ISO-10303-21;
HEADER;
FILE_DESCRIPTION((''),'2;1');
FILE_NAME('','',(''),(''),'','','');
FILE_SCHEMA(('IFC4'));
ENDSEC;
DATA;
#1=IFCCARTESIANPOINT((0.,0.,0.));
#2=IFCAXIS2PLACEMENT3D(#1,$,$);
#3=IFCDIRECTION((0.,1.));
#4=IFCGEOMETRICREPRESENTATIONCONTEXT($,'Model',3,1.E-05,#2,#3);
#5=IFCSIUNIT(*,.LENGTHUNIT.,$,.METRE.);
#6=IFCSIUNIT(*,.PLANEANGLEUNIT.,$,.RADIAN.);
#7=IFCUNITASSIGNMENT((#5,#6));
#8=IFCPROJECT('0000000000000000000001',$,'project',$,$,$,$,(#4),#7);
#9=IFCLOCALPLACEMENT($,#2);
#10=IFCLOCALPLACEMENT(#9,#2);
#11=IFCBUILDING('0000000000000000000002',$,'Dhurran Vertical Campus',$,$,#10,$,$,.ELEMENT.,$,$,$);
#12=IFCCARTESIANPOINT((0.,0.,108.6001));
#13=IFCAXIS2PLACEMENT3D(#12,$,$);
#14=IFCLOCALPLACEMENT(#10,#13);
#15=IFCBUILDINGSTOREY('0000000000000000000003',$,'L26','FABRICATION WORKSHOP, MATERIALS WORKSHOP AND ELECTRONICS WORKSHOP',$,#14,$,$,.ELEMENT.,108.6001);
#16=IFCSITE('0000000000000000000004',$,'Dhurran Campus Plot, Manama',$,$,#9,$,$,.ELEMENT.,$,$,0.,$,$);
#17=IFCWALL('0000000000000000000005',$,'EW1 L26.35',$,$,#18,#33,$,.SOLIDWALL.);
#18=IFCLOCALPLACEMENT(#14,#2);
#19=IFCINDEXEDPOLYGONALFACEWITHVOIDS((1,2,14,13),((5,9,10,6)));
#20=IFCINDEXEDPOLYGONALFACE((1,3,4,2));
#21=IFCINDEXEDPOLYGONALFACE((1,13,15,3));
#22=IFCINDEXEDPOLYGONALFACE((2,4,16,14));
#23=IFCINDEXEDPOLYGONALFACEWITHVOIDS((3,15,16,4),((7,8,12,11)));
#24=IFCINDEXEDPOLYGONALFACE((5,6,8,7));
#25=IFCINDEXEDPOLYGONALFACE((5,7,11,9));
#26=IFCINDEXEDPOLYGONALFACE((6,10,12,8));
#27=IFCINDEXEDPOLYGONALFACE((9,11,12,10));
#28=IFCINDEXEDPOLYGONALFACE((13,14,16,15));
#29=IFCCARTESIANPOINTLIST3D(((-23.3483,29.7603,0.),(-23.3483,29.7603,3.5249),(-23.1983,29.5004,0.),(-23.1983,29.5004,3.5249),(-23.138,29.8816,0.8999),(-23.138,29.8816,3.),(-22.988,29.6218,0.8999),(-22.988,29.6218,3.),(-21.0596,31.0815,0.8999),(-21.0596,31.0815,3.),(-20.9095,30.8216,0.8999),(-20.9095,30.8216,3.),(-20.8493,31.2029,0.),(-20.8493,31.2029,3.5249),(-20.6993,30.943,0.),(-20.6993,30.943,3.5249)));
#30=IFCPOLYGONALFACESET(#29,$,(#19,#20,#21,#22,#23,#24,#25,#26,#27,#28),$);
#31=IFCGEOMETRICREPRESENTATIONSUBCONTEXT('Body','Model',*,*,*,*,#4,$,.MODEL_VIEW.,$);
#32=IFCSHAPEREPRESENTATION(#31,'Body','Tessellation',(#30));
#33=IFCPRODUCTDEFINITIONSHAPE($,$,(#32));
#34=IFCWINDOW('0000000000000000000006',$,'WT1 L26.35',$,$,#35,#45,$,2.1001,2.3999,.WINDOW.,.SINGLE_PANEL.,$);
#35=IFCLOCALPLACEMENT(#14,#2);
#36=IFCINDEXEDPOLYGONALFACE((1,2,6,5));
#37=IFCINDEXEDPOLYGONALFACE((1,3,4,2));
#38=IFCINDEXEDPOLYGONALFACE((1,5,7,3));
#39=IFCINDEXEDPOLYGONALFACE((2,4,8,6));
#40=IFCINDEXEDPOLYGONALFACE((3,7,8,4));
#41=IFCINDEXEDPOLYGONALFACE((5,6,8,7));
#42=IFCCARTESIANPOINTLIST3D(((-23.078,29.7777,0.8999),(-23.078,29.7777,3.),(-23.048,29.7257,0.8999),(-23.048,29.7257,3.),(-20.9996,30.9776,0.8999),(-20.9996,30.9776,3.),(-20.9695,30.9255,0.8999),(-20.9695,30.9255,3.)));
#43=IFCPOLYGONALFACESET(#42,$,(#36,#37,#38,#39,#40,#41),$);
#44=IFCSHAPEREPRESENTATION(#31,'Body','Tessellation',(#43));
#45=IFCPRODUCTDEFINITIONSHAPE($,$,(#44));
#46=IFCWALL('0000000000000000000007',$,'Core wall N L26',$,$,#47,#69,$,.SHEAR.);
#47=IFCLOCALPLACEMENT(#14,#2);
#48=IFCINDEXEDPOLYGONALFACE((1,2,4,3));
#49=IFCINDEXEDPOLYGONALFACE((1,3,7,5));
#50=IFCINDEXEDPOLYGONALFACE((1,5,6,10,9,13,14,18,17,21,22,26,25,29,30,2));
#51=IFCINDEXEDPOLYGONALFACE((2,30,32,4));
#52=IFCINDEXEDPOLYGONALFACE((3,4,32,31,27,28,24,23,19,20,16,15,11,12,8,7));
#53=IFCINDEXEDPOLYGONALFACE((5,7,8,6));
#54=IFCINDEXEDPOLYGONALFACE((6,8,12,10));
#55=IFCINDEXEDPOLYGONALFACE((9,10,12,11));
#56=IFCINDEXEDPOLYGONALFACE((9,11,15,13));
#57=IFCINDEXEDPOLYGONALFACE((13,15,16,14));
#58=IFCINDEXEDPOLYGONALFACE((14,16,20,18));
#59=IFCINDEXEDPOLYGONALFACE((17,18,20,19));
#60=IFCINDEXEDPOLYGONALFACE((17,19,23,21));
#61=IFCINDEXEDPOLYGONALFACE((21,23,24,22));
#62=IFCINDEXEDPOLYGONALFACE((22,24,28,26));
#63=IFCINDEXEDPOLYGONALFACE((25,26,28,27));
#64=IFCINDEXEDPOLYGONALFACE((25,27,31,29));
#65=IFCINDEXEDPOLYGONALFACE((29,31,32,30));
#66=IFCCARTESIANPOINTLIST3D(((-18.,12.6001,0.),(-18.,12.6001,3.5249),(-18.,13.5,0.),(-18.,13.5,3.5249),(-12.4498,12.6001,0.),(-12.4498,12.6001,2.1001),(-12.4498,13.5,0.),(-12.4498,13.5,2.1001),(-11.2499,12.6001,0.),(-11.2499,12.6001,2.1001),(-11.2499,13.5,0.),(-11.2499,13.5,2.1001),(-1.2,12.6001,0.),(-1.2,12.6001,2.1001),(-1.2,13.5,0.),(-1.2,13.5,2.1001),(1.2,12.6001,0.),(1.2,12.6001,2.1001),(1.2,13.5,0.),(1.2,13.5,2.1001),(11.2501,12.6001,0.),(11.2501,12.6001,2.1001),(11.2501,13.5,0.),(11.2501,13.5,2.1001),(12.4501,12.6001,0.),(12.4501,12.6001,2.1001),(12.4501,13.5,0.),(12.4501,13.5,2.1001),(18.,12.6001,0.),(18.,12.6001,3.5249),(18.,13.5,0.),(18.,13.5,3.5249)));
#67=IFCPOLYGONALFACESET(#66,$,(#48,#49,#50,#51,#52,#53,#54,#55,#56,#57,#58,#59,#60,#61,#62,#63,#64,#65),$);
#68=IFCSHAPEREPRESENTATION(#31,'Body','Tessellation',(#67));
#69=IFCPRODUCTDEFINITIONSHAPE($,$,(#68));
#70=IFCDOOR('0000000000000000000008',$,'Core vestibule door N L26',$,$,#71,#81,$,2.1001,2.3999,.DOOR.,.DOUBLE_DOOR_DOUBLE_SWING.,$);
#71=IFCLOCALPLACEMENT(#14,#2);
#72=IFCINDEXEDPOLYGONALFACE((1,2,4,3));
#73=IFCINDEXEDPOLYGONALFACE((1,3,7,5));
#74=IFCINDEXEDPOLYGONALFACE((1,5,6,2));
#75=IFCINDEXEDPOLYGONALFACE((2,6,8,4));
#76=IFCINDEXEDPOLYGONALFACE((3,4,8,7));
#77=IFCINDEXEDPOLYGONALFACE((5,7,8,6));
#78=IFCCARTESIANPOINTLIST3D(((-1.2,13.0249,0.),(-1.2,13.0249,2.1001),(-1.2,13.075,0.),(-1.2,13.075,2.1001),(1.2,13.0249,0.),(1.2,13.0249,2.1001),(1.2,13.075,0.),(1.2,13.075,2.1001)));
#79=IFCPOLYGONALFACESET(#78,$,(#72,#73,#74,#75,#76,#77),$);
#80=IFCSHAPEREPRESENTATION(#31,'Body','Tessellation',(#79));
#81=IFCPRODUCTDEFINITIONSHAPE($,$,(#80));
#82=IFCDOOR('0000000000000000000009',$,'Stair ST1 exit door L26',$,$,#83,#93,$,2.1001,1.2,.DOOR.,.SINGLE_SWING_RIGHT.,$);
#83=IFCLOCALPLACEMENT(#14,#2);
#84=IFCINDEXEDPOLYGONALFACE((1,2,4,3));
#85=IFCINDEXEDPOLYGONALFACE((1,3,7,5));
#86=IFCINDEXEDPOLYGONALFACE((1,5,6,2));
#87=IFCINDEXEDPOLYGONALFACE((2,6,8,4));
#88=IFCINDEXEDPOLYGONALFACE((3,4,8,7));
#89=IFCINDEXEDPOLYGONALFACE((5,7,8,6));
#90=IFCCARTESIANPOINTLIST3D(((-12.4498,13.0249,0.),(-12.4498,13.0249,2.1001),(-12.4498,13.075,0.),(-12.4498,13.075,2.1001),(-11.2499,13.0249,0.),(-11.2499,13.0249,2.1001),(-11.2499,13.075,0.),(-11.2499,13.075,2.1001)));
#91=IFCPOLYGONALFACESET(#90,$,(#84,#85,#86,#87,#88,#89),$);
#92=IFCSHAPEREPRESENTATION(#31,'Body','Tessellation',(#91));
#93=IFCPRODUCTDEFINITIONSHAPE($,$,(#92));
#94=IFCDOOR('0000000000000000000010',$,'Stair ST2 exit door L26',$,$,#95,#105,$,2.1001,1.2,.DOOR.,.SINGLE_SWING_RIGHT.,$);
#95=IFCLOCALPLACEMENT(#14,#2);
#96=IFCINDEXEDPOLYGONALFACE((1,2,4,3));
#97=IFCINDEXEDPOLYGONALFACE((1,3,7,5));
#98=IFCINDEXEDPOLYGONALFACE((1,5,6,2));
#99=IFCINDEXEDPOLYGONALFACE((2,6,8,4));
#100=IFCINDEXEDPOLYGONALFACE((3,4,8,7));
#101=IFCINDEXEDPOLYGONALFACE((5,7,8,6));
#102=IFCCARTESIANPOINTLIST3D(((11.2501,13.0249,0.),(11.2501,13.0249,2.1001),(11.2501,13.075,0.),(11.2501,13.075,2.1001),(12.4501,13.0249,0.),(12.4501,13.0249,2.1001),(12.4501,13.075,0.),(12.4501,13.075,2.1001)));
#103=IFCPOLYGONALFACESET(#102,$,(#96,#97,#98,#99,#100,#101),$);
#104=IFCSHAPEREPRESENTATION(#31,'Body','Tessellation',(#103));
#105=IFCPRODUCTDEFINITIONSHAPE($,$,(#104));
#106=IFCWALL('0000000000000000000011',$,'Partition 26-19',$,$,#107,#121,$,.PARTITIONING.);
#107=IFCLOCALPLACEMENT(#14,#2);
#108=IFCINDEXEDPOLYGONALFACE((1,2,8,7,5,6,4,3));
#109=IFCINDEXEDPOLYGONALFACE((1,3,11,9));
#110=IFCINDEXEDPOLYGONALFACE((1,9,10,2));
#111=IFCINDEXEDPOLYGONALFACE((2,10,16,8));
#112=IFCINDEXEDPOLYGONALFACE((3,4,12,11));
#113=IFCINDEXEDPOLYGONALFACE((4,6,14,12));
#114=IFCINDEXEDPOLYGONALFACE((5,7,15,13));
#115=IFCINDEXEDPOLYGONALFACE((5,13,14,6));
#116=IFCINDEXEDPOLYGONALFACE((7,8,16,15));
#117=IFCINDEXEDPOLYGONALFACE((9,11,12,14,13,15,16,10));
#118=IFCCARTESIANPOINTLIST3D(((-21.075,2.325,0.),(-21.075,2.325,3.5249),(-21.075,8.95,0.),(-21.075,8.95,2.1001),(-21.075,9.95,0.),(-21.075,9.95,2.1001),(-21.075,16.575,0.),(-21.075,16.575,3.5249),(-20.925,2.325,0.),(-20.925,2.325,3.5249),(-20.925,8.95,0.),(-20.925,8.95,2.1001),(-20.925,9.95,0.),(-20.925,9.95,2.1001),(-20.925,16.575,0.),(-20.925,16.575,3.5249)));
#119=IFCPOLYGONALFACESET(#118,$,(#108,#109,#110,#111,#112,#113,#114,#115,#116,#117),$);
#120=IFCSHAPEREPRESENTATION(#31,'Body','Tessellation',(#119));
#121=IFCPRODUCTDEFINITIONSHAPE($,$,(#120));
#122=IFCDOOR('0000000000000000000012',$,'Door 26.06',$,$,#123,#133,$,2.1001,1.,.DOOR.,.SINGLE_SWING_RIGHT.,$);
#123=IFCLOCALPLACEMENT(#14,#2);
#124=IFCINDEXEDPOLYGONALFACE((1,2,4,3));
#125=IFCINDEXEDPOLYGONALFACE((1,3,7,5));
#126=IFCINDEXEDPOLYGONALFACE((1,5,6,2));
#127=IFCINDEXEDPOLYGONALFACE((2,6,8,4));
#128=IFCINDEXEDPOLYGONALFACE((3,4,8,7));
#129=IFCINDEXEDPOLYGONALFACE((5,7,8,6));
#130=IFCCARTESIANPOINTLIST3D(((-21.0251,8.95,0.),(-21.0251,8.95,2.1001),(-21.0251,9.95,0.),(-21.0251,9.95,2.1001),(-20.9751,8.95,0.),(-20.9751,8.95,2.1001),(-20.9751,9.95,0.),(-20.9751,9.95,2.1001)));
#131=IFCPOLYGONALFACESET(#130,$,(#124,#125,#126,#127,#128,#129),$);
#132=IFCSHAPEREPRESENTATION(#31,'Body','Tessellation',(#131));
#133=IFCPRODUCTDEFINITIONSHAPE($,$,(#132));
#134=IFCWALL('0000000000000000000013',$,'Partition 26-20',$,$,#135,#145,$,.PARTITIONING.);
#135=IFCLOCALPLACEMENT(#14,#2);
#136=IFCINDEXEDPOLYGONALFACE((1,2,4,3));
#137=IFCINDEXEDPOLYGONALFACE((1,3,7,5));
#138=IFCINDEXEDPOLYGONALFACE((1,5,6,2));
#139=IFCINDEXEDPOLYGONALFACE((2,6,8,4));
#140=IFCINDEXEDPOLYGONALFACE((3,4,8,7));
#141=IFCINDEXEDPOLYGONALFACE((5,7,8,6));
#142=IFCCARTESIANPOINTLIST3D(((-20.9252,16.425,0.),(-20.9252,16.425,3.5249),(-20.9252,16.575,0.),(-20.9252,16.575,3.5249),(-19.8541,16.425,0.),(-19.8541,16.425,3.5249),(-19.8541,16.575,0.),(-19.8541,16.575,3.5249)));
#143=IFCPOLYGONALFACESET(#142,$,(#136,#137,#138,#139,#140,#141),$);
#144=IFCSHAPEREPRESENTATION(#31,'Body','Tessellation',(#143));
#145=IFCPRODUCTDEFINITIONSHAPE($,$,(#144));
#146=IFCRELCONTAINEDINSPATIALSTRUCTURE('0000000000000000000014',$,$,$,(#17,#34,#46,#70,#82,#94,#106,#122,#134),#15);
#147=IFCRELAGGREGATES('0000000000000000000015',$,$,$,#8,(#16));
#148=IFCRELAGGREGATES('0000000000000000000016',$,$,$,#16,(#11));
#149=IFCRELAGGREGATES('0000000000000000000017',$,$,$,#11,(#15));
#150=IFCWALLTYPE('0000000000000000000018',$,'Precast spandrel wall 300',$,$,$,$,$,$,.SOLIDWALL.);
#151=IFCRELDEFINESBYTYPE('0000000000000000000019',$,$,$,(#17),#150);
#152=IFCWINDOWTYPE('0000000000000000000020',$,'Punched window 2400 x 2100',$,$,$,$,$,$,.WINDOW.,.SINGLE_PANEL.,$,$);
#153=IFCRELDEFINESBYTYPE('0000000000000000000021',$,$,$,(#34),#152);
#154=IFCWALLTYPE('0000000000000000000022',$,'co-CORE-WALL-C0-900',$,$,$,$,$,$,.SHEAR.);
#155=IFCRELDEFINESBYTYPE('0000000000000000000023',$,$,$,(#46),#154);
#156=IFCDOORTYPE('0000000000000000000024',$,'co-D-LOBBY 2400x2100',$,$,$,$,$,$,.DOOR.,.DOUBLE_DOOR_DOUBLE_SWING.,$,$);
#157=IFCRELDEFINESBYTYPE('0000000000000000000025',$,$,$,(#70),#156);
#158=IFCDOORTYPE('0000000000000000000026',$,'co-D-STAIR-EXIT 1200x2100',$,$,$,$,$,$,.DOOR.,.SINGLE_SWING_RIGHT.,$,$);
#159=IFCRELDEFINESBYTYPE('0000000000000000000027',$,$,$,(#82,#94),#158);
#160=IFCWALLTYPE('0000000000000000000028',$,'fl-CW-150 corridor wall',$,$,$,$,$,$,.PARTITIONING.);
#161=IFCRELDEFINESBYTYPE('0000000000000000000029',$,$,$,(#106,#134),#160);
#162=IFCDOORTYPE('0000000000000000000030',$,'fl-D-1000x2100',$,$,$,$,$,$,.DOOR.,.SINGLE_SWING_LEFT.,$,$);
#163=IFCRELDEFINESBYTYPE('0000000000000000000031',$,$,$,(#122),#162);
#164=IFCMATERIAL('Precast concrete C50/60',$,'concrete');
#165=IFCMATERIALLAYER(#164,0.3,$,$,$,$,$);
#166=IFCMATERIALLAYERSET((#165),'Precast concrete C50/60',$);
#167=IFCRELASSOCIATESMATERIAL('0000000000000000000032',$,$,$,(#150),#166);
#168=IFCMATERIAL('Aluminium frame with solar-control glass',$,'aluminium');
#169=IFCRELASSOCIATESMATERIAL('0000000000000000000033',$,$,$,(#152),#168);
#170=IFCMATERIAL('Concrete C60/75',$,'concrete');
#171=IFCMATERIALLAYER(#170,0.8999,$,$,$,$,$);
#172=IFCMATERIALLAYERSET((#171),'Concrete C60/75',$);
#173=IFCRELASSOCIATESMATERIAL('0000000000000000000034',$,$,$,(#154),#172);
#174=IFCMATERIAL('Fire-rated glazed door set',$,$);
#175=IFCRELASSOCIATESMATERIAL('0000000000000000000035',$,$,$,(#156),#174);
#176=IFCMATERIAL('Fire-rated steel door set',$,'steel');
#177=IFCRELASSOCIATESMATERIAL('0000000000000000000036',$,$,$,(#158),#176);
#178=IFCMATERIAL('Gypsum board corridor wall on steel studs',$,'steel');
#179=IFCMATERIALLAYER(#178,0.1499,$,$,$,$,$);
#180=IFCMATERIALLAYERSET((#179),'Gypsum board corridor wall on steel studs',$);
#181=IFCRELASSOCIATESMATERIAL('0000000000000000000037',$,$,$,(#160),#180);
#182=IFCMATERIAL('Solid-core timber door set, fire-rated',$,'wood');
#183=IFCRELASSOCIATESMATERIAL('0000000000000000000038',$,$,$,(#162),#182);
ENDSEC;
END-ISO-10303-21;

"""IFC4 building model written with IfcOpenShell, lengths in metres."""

from ifc_helpers import new_model, si_unit, direction, frame, frame_2d, origin, place, context, subcontext, project, spatial, rectangle, extrude, material, layer, layer_set, type_object, element, fill, save


model = new_model("IFC4")

# Units and contexts
model_context = context("Model", 3, precision=1e-05, world=origin(), true_north=direction((0.0, 1.0)))
body_context = subcontext(model_context, "Body", "Model", "MODEL_VIEW")
ifc_project = project(units=[si_unit("LENGTHUNIT", "METRE"), si_unit("PLANEANGLEUNIT", "RADIAN")], contexts=[model_context])

# Site, building, storey
site_placement = place(None, origin())
site = spatial("IfcSite", under=ifc_project, at=site_placement, Name="Dhurran Campus Plot, Manama", CompositionType="ELEMENT", RefElevation=0.0)
building_placement = place(site_placement, origin())
building = spatial("IfcBuilding", under=site, at=building_placement, Name="Dhurran Vertical Campus", CompositionType="ELEMENT")
storey_placement = place(building_placement, frame((0.0, 0.0, 108.6001)))
storey = spatial("IfcBuildingStorey", under=building, at=storey_placement, Name="L26", Description="FABRICATION WORKSHOP, MATERIALS WORKSHOP AND ELECTRONICS WORKSHOP", CompositionType="ELEMENT", Elevation=108.6001)

# Wall, opening, window
ifc_material_1 = material(Name="Precast concrete C50/60", Category="concrete")
ifc_layer_1 = layer(ifc_material_1, 0.3)
ifc_layer_set_1 = layer_set([ifc_layer_1], Name="Precast concrete C50/60")
wall_type_1 = type_object("IfcWallType", Name="Precast spandrel wall 300", PredefinedType="SOLIDWALL", material=ifc_layer_set_1)
ifc_material_2 = material(Name="Aluminium frame with solar-control glass", Category="aluminium")
window_type = type_object("IfcWindowType", Name="Punched window 2400 x 2100", PartitioningType="SINGLE_PANEL", PredefinedType="WINDOW", material=ifc_material_2)
wall_1_placement = place(storey_placement, frame((-20.7742, 31.073, 0.0), z_axis=(0.0, 0.0, 1.0), x_axis=(-0.866053, -0.499952, 0.0)))
wall_1 = element("IfcWall", 1, at=wall_1_placement, inside=storey, type_object=wall_type_1, Name="EW1 L26.35", PredefinedType="SOLIDWALL", context=body_context, shape_type="SweptSolid", body=[
    extrude(rectangle(XDim=2.8855, YDim=0.3, at=frame_2d((1.4429, 0.0))), origin(), (0.0, 0.0, 1.0), 3.5249),
])
opening_1_placement = place(wall_1_placement, frame((0.2429, 0.0, 0.8999)))
opening_1 = element("IfcOpeningElement", 2, at=opening_1_placement, cuts=wall_1, PredefinedType="OPENING", context=body_context, shape_type="SweptSolid", body=[
    extrude(rectangle(XDim=2.3999, YDim=2.1001, at=frame_2d((1.2, 1.05))), frame((0.0, 0.1599, 0.0), z_axis=(0.0, -1.0, 0.0), x_axis=(1.0, 0.0, 0.0)), (0.0, 0.0, 1.0), 0.3201),
])
window_1_placement = place(opening_1_placement, origin())
window_1 = element("IfcWindow", 3, at=window_1_placement, inside=storey, type_object=window_type, Name="WT1 L26.35", OverallHeight=2.1001, OverallWidth=2.3999, PartitioningType="SINGLE_PANEL", PredefinedType="WINDOW", context=body_context, shape_type="SweptSolid", body=[
    extrude(rectangle(XDim=2.3999, YDim=2.1001, at=frame_2d((1.2, 1.05))), frame((0.0, 0.03, 0.0), z_axis=(0.0, -1.0, 0.0), x_axis=(1.0, 0.0, 0.0)), (0.0, 0.0, 1.0), 0.0601),
])
fill(opening_1, window_1)

# Wall, openings, doors
ifc_material_3 = material(Name="Concrete C60/75", Category="concrete")
ifc_layer_2 = layer(ifc_material_3, 0.8999)
ifc_layer_set_2 = layer_set([ifc_layer_2], Name="Concrete C60/75")
wall_type_2 = type_object("IfcWallType", Name="co-CORE-WALL-C0-900", PredefinedType="SHEAR", material=ifc_layer_set_2)
wall_2_placement = place(storey_placement, frame((-18.0, 13.05, 0.0), z_axis=(0.0, 0.0, 1.0), x_axis=(1.0, 0.0, 0.0)))
wall_2 = element("IfcWall", 4, at=wall_2_placement, inside=storey, type_object=wall_type_2, Name="Core wall N L26", PredefinedType="SHEAR", context=body_context, shape_type="SweptSolid", body=[
    extrude(rectangle(XDim=36.0, YDim=0.8999, at=frame_2d((18.0, 0.0))), origin(), (0.0, 0.0, 1.0), 3.5249),
])
opening_2_placement = place(wall_2_placement, frame((16.8, 0.0, 0.0)))
opening_2 = element("IfcOpeningElement", 5, at=opening_2_placement, cuts=wall_2, PredefinedType="OPENING", context=body_context, shape_type="SweptSolid", body=[
    extrude(rectangle(XDim=2.3999, YDim=2.1001, at=frame_2d((1.2, 1.05))), frame((0.0, 0.46, 0.0), z_axis=(0.0, -1.0, 0.0), x_axis=(1.0, 0.0, 0.0)), (0.0, 0.0, 1.0), 0.9199),
])
opening_3_placement = place(wall_2_placement, frame((5.55, 0.0, 0.0)))
opening_3 = element("IfcOpeningElement", 6, at=opening_3_placement, cuts=wall_2, PredefinedType="OPENING", context=body_context, shape_type="SweptSolid", body=[
    extrude(rectangle(XDim=1.2, YDim=2.1001, at=frame_2d((0.6001, 1.05))), frame((0.0, 0.46, 0.0), z_axis=(0.0, -1.0, 0.0), x_axis=(1.0, 0.0, 0.0)), (0.0, 0.0, 1.0), 0.9199),
])
opening_4_placement = place(wall_2_placement, frame((29.25, 0.0, 0.0)))
opening_4 = element("IfcOpeningElement", 7, at=opening_4_placement, cuts=wall_2, PredefinedType="OPENING", context=body_context, shape_type="SweptSolid", body=[
    extrude(rectangle(XDim=1.2, YDim=2.1001, at=frame_2d((0.6001, 1.05))), frame((0.0, 0.46, 0.0), z_axis=(0.0, -1.0, 0.0), x_axis=(1.0, 0.0, 0.0)), (0.0, 0.0, 1.0), 0.9199),
])
ifc_material_4 = material(Name="Fire-rated glazed door set")
door_type_1 = type_object("IfcDoorType", Name="co-D-LOBBY 2400x2100", OperationType="DOUBLE_DOOR_DOUBLE_SWING", PredefinedType="DOOR", material=ifc_material_4)
door_1_placement = place(opening_2_placement, origin())
door_1 = element("IfcDoor", 8, at=door_1_placement, inside=storey, type_object=door_type_1, Name="Core vestibule door N L26", OperationType="DOUBLE_DOOR_DOUBLE_SWING", OverallHeight=2.1001, OverallWidth=2.3999, PredefinedType="DOOR", context=body_context, shape_type="SweptSolid", body=[
    extrude(rectangle(XDim=2.3999, YDim=2.1001, at=frame_2d((1.2, 1.05))), frame((0.0, 0.0249, 0.0), z_axis=(0.0, -1.0, 0.0), x_axis=(1.0, 0.0, 0.0)), (0.0, 0.0, 1.0), 0.05),
])
fill(opening_2, door_1)
ifc_material_5 = material(Name="Fire-rated steel door set", Category="steel")
door_type_2 = type_object("IfcDoorType", Name="co-D-STAIR-EXIT 1200x2100", OperationType="SINGLE_SWING_RIGHT", PredefinedType="DOOR", material=ifc_material_5)
door_2_placement = place(opening_3_placement, origin())
door_2 = element("IfcDoor", 9, at=door_2_placement, inside=storey, type_object=door_type_2, Name="Stair ST1 exit door L26", OperationType="SINGLE_SWING_RIGHT", OverallHeight=2.1001, OverallWidth=1.2, PredefinedType="DOOR", context=body_context, shape_type="SweptSolid", body=[
    extrude(rectangle(XDim=1.2, YDim=2.1001, at=frame_2d((0.6001, 1.05))), frame((0.0, 0.0249, 0.0), z_axis=(0.0, -1.0, 0.0), x_axis=(1.0, 0.0, 0.0)), (0.0, 0.0, 1.0), 0.05),
])
fill(opening_3, door_2)
door_3_placement = place(opening_4_placement, origin())
door_3 = element("IfcDoor", 10, at=door_3_placement, inside=storey, type_object=door_type_2, Name="Stair ST2 exit door L26", OperationType="SINGLE_SWING_RIGHT", OverallHeight=2.1001, OverallWidth=1.2, PredefinedType="DOOR", context=body_context, shape_type="SweptSolid", body=[
    extrude(rectangle(XDim=1.2, YDim=2.1001, at=frame_2d((0.6001, 1.05))), frame((0.0, 0.0249, 0.0), z_axis=(0.0, -1.0, 0.0), x_axis=(1.0, 0.0, 0.0)), (0.0, 0.0, 1.0), 0.05),
])
fill(opening_4, door_3)

# Wall, opening, door
ifc_material_6 = material(Name="Gypsum board corridor wall on steel studs", Category="steel")
ifc_layer_3 = layer(ifc_material_6, 0.1499)
ifc_layer_set_3 = layer_set([ifc_layer_3], Name="Gypsum board corridor wall on steel studs")
wall_type_3 = type_object("IfcWallType", Name="fl-CW-150 corridor wall", PredefinedType="PARTITIONING", material=ifc_layer_set_3)
wall_3_placement = place(storey_placement, frame((-21.0, 16.575, 0.0), z_axis=(0.0, 0.0, 1.0), x_axis=(0.0, -1.0, 0.0)))
wall_3 = element("IfcWall", 11, at=wall_3_placement, inside=storey, type_object=wall_type_3, Name="Partition 26-19", PredefinedType="PARTITIONING", context=body_context, shape_type="SweptSolid", body=[
    extrude(rectangle(XDim=14.25, YDim=0.1499, at=frame_2d((7.125, 0.0))), origin(), (0.0, 0.0, 1.0), 3.5249),
])
opening_5_placement = place(wall_3_placement, frame((6.625, 0.0, 0.0)))
opening_5 = element("IfcOpeningElement", 12, at=opening_5_placement, cuts=wall_3, PredefinedType="OPENING", context=body_context, shape_type="SweptSolid", body=[
    extrude(rectangle(XDim=1.0, YDim=2.1001, at=frame_2d((0.5, 1.05))), frame((0.0, 0.085, 0.0), z_axis=(0.0, -1.0, 0.0), x_axis=(1.0, 0.0, 0.0)), (0.0, 0.0, 1.0), 0.1699),
])
ifc_material_7 = material(Name="Solid-core timber door set, fire-rated", Category="wood")
door_type_3 = type_object("IfcDoorType", Name="fl-D-1000x2100", OperationType="SINGLE_SWING_LEFT", PredefinedType="DOOR", material=ifc_material_7)
door_4_placement = place(opening_5_placement, origin())
door_4 = element("IfcDoor", 13, at=door_4_placement, inside=storey, type_object=door_type_3, Name="Door 26.06", OperationType="SINGLE_SWING_RIGHT", OverallHeight=2.1001, OverallWidth=1.0, PredefinedType="DOOR", context=body_context, shape_type="SweptSolid", body=[
    extrude(rectangle(XDim=1.0, YDim=2.1001, at=frame_2d((0.5, 1.05))), frame((0.0, 0.0249, 0.0), z_axis=(0.0, -1.0, 0.0), x_axis=(1.0, 0.0, 0.0)), (0.0, 0.0, 1.0), 0.05),
])
fill(opening_5, door_4)

# Wall
wall_4_placement = place(storey_placement, frame((-19.854, 16.5, 0.0), z_axis=(0.0, 0.0, 1.0), x_axis=(-1.0, 0.0, 0.0)))
element("IfcWall", 14, at=wall_4_placement, inside=storey, type_object=wall_type_3, Name="Partition 26-20", PredefinedType="PARTITIONING", context=body_context, shape_type="SweptSolid", body=[
    extrude(rectangle(XDim=1.071, YDim=0.1499, at=frame_2d((0.5356, 0.0))), origin(), (0.0, 0.0, 1.0), 3.5249),
])

save(model, "model.ifc")
